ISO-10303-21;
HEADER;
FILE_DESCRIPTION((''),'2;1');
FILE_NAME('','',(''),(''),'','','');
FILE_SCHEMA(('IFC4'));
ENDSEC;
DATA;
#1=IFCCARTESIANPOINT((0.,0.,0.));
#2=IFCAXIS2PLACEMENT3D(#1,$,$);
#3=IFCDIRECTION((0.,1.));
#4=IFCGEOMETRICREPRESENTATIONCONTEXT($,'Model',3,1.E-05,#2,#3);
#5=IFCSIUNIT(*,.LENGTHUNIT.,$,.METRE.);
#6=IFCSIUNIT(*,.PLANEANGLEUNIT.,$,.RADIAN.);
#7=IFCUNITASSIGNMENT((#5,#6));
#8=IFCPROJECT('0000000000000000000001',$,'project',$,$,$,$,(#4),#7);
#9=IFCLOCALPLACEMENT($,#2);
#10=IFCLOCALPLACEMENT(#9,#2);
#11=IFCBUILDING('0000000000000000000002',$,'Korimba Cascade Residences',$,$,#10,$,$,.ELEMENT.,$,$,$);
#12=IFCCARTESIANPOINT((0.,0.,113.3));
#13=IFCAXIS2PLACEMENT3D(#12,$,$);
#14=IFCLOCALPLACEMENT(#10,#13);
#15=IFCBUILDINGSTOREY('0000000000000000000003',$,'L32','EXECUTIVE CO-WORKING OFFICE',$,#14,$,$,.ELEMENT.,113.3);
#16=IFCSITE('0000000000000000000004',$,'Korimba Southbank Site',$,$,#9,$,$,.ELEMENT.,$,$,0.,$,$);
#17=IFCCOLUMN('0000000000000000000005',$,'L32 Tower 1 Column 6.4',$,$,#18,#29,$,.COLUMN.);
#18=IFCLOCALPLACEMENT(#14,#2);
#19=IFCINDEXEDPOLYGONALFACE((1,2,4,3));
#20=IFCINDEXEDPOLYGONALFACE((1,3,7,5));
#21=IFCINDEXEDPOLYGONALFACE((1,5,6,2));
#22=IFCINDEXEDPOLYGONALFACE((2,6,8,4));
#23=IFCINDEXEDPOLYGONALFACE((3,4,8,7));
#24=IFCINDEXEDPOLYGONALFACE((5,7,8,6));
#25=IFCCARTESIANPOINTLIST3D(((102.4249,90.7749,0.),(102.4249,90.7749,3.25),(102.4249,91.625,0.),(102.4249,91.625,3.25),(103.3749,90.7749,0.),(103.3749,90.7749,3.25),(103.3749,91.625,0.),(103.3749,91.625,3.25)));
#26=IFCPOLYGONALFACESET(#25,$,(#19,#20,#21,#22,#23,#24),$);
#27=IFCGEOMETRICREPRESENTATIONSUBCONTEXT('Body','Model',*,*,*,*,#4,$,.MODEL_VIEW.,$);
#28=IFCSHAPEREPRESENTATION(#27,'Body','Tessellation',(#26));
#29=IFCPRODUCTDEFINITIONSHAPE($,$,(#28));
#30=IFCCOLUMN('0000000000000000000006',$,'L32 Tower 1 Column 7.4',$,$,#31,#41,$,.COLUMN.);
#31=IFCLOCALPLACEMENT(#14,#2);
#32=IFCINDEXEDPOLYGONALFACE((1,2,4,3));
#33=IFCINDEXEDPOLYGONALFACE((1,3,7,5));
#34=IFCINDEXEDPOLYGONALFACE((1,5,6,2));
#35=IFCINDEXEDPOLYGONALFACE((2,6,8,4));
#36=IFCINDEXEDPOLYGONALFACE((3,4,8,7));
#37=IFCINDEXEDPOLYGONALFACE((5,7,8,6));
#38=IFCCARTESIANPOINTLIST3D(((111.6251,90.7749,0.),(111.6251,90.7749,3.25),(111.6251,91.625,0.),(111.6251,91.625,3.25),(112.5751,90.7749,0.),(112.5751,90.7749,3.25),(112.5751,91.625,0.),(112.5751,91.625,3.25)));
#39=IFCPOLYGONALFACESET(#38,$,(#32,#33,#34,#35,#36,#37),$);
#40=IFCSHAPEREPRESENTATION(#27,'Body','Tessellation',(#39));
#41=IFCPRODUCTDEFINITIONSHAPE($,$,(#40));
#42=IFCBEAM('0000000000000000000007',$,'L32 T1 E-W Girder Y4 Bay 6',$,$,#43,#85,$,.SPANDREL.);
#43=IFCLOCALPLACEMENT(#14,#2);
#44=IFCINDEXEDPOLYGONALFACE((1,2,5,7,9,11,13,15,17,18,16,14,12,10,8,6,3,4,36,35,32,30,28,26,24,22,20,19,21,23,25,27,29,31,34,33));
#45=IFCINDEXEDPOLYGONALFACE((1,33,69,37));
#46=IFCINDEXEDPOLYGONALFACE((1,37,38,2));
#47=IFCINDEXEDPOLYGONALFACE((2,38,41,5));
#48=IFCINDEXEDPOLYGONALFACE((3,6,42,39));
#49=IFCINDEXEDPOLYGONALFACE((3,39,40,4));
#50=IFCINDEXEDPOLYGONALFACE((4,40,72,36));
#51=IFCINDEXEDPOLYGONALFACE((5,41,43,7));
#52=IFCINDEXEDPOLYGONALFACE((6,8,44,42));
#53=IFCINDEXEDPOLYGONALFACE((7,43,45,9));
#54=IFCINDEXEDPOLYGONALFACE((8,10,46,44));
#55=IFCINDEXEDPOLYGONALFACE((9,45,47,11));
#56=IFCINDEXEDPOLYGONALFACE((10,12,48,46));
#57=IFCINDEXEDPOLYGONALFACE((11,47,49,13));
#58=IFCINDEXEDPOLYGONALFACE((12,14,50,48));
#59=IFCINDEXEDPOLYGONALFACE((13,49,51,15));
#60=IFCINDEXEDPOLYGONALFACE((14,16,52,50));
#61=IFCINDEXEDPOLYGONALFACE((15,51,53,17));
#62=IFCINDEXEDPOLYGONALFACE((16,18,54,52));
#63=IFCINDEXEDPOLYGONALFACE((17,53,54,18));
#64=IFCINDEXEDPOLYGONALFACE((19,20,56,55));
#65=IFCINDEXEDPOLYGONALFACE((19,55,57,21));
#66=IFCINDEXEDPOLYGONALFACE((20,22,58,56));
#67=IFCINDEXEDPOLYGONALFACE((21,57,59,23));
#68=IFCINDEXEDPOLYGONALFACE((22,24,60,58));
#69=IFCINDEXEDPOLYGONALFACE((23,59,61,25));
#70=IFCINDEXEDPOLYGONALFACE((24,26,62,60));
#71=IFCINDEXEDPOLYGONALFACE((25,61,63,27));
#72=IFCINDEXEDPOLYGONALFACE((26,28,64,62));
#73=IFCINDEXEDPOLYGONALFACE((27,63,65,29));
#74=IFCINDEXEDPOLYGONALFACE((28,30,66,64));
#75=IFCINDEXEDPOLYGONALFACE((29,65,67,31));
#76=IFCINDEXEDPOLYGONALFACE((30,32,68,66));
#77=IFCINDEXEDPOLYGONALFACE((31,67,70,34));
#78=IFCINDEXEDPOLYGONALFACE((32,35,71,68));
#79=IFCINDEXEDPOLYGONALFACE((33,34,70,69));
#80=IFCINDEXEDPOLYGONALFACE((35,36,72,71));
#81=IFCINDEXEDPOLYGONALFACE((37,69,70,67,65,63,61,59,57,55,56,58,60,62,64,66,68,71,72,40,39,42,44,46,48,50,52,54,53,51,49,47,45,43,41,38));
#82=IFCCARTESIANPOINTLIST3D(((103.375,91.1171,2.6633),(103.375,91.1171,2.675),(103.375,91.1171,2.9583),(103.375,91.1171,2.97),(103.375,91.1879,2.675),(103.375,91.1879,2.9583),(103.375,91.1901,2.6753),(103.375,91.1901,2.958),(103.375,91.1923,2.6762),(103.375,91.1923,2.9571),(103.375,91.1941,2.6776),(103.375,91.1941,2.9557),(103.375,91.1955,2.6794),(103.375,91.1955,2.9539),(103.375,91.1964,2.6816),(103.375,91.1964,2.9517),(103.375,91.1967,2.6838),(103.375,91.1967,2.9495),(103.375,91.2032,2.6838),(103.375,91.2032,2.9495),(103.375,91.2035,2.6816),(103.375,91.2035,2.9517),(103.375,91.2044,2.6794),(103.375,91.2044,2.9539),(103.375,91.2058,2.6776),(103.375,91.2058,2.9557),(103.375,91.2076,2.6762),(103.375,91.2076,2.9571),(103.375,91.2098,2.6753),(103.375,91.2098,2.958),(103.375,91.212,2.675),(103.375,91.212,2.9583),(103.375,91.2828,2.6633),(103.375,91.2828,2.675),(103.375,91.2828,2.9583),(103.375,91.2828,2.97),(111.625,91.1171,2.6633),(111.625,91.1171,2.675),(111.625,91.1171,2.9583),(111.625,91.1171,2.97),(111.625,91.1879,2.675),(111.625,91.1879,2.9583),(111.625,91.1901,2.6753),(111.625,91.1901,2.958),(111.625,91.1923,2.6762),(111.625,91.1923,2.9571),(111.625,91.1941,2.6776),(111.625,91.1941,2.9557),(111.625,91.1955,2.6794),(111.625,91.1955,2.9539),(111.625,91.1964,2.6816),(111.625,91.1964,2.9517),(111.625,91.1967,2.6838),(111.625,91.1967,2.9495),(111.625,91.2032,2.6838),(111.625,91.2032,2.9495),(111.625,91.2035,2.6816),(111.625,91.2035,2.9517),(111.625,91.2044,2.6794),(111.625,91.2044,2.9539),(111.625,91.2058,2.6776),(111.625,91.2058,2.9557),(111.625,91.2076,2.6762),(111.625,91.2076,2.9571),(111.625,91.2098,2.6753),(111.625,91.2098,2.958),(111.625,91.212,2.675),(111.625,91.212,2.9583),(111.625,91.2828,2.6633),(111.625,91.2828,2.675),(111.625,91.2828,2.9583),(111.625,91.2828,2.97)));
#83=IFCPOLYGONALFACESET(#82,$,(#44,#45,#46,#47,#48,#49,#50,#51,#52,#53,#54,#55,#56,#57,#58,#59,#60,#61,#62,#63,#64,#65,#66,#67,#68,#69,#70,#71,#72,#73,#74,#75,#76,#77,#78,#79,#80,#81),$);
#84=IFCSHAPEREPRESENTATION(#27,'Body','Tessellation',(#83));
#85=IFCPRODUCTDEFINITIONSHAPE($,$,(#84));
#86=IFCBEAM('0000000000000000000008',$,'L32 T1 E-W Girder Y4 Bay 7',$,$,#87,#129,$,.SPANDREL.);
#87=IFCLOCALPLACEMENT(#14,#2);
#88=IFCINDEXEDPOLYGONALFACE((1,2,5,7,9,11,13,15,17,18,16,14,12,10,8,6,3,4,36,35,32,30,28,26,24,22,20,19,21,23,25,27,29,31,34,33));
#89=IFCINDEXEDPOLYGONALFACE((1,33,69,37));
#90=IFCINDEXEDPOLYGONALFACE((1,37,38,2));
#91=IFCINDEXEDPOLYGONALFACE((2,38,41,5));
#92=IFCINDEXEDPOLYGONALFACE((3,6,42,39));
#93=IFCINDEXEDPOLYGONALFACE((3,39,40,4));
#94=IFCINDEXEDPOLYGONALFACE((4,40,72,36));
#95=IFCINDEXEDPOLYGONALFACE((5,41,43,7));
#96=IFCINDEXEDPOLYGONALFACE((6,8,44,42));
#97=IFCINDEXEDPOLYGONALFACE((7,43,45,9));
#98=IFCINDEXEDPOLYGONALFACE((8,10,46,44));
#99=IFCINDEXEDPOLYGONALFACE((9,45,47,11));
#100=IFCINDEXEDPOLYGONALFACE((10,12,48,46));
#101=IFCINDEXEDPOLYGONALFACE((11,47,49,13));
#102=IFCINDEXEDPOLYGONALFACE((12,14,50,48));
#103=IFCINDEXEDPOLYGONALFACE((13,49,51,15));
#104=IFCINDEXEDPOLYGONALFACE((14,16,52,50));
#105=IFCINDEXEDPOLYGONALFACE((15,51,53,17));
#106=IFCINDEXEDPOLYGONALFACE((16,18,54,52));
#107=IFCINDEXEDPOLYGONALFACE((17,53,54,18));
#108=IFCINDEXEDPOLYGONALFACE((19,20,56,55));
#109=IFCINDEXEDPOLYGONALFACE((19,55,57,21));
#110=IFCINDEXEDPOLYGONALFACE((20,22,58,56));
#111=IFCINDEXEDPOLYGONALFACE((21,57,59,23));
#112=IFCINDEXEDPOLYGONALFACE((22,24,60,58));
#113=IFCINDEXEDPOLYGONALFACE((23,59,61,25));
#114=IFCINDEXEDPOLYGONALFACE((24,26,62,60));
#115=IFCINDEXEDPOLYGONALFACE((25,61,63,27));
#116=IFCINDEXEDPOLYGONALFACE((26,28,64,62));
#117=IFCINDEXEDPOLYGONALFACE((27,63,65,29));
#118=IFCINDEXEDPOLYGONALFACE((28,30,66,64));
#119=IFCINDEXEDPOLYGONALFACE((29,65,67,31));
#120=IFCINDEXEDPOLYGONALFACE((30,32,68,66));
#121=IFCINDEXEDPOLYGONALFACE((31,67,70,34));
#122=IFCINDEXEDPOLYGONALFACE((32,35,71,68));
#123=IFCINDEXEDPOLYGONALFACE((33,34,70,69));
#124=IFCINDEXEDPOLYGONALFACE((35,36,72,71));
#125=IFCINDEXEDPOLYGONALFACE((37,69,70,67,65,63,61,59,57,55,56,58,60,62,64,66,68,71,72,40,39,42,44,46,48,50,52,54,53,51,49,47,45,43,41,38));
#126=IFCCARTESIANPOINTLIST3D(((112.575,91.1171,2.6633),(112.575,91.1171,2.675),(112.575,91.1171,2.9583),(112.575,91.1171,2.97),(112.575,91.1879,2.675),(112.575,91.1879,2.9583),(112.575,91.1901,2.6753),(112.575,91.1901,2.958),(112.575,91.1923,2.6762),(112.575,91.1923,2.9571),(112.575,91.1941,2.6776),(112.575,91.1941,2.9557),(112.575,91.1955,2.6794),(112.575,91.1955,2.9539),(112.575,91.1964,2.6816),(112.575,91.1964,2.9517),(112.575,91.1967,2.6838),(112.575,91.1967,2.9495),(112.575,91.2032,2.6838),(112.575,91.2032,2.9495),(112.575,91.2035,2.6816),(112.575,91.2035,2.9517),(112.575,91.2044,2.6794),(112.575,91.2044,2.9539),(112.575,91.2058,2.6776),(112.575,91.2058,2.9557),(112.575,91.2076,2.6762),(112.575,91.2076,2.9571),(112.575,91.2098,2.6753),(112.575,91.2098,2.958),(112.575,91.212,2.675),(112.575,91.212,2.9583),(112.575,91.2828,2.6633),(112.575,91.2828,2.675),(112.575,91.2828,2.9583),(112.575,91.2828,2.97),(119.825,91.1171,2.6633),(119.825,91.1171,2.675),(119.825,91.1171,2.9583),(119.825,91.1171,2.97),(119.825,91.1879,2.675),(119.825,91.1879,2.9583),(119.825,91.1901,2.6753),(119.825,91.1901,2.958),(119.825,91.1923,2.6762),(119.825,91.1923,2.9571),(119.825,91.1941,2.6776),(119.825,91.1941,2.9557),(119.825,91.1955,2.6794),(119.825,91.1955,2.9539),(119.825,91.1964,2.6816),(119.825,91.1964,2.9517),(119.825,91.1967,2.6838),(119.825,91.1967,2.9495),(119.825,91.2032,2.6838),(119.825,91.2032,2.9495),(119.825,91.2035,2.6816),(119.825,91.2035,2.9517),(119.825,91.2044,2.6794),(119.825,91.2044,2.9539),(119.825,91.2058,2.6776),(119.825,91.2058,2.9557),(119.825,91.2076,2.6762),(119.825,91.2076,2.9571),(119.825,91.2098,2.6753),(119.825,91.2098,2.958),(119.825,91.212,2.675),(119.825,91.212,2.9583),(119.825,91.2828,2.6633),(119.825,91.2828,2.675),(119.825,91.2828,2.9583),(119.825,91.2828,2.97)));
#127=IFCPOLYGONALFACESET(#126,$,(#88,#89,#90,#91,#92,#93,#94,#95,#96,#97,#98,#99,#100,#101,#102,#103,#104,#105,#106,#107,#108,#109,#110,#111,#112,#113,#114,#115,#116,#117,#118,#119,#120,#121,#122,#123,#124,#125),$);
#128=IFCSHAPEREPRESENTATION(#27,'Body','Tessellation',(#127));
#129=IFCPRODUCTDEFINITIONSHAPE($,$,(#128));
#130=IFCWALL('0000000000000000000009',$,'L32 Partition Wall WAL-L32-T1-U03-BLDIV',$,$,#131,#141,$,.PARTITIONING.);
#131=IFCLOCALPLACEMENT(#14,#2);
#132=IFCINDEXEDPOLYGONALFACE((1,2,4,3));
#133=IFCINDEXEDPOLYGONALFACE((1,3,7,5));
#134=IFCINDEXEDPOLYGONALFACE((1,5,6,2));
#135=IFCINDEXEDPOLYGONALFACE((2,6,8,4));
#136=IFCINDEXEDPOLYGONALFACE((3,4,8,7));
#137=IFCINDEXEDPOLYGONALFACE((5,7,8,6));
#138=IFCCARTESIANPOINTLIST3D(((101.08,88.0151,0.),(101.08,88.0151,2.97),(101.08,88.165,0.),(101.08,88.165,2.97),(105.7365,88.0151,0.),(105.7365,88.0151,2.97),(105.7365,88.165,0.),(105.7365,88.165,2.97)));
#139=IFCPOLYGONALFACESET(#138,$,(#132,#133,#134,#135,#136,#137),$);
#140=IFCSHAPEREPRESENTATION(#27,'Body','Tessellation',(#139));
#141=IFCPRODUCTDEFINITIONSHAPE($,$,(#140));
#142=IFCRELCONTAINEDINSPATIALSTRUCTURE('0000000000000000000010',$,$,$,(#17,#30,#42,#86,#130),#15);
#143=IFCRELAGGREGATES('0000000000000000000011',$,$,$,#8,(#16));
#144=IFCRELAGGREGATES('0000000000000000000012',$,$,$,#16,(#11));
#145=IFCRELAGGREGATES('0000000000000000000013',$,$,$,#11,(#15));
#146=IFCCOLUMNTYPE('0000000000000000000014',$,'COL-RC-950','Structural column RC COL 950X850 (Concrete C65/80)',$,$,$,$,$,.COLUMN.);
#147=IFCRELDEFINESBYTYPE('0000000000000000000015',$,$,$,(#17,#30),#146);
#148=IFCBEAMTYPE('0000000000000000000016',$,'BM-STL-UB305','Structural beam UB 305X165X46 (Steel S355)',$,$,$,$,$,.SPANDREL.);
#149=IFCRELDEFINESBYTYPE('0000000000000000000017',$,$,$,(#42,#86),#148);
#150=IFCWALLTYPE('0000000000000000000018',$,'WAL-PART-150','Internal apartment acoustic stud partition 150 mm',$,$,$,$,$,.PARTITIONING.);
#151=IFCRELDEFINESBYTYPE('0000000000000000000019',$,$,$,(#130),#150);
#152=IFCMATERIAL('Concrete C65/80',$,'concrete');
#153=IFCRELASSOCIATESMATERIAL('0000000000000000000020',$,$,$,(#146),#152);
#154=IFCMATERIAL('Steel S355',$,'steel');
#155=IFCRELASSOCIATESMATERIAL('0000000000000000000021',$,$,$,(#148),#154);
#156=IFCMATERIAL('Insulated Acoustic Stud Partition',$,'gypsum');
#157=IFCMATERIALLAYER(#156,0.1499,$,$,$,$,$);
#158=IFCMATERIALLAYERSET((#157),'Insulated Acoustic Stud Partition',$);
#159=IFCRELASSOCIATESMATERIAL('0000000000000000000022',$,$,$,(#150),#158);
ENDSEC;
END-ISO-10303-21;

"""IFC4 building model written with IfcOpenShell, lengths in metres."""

from ifc_helpers import new_model, si_unit, direction, frame, frame_2d, origin, origin_2d, place, context, subcontext, project, spatial, rectangle, i_section, extrude, material, layer, layer_set, material_profile, profile_set, type_object, element, save


model = new_model("IFC4")

# Units and contexts
model_context = context("Model", 3, precision=1e-05, world=origin(), true_north=direction((0.0, 1.0)))
body_context = subcontext(model_context, "Body", "Model", "MODEL_VIEW")
ifc_project = project(units=[si_unit("LENGTHUNIT", "METRE"), si_unit("PLANEANGLEUNIT", "RADIAN")], contexts=[model_context])

# Site, building, storey
site_placement = place(None, origin())
site = spatial("IfcSite", under=ifc_project, at=site_placement, Name="Korimba Southbank Site", CompositionType="ELEMENT", RefElevation=0.0)
building_placement = place(site_placement, origin())
building = spatial("IfcBuilding", under=site, at=building_placement, Name="Korimba Cascade Residences", CompositionType="ELEMENT")
storey_placement = place(building_placement, frame((0.0, 0.0, 113.3)))
storey = spatial("IfcBuildingStorey", under=building, at=storey_placement, Name="L32", Description="EXECUTIVE CO-WORKING OFFICE", CompositionType="ELEMENT", Elevation=113.3)

# Columns
ifc_material_1 = material(Name="Concrete C65/80", Category="concrete")
ifc_material_profile_1 = material_profile(ifc_material_1, rectangle(XDim=0.95, YDim=0.8501, at=origin_2d()), Name="Concrete C65/80")
ifc_profile_set_1 = profile_set([ifc_material_profile_1], Name="Concrete C65/80")
column_type = type_object("IfcColumnType", Name="COL-RC-950", Description="Structural column RC COL 950X850 (Concrete C65/80)", PredefinedType="COLUMN", material=ifc_profile_set_1)
for number, where, z_axis, x_axis, name in (
    (1, (102.8999, 91.2, 0.0), (0.0, 0.0, 1.0), (1.0, 0.0, 0.0), "L32 Tower 1 Column 6.4"),
    (2, (112.1001, 91.2, 0.0), (0.0, 0.0, 1.0), (1.0, 0.0, 0.0), "L32 Tower 1 Column 7.4"),
):
    element("IfcColumn", number, at=place(storey_placement, frame(where, z_axis=z_axis, x_axis=x_axis)), inside=storey, type_object=column_type, Name=name, PredefinedType="COLUMN", context=body_context, shape_type="SweptSolid", body=[
        extrude(rectangle(XDim=0.95, YDim=0.8501, at=origin_2d()), origin(), (0.0, 0.0, 1.0), 3.25),
    ])

# Beams
ifc_material_2 = material(Name="Steel S355", Category="steel")
ifc_material_profile_2 = material_profile(ifc_material_2, i_section(OverallWidth=0.1658, OverallDepth=0.3066, WebThickness=0.0066, FlangeThickness=0.0117, FilletRadius=0.0088, at=origin_2d()), Name="Steel S355")
ifc_profile_set_2 = profile_set([ifc_material_profile_2], Name="Steel S355")
beam_type = type_object("IfcBeamType", Name="BM-STL-UB305", Description="Structural beam UB 305X165X46 (Steel S355)", PredefinedType="SPANDREL", material=ifc_profile_set_2)
beam_1_placement = place(storey_placement, frame((103.375, 91.2, 2.8167), z_axis=(1.0, 0.0, 0.0), x_axis=(0.0, 1.0, 0.0)))
element("IfcBeam", 3, at=beam_1_placement, inside=storey, type_object=beam_type, Name="L32 T1 E-W Girder Y4 Bay 6", PredefinedType="SPANDREL", context=body_context, shape_type="SweptSolid", body=[
    extrude(i_section(OverallWidth=0.1658, OverallDepth=0.3066, WebThickness=0.0066, FlangeThickness=0.0117, FilletRadius=0.0088, at=origin_2d()), origin(), (0.0, 0.0, 1.0), 8.25),
])
beam_2_placement = place(storey_placement, frame((112.575, 91.2, 2.8167), z_axis=(1.0, 0.0, 0.0), x_axis=(0.0, 1.0, 0.0)))
element("IfcBeam", 4, at=beam_2_placement, inside=storey, type_object=beam_type, Name="L32 T1 E-W Girder Y4 Bay 7", PredefinedType="SPANDREL", context=body_context, shape_type="SweptSolid", body=[
    extrude(i_section(OverallWidth=0.1658, OverallDepth=0.3066, WebThickness=0.0066, FlangeThickness=0.0117, FilletRadius=0.0088, at=origin_2d()), origin(), (0.0, 0.0, 1.0), 7.25),
])

# Wall
ifc_material_3 = material(Name="Insulated Acoustic Stud Partition", Category="gypsum")
ifc_layer = layer(ifc_material_3, 0.1499)
ifc_layer_set = layer_set([ifc_layer], Name="Insulated Acoustic Stud Partition")
wall_type = type_object("IfcWallType", Name="WAL-PART-150", Description="Internal apartment acoustic stud partition 150 mm", PredefinedType="PARTITIONING", material=ifc_layer_set)
wall_1_placement = place(storey_placement, frame((101.0801, 88.0901, 0.0), z_axis=(0.0, 0.0, 1.0), x_axis=(1.0, 0.0, 0.0)))
element("IfcWall", 5, at=wall_1_placement, inside=storey, type_object=wall_type, Name="L32 Partition Wall WAL-L32-T1-U03-BLDIV", PredefinedType="PARTITIONING", context=body_context, shape_type="SweptSolid", body=[
    extrude(rectangle(XDim=4.6565, YDim=0.1499, at=frame_2d((2.3281, 0.0))), origin(), (0.0, 0.0, 1.0), 2.97),
])

save(model, "model.ifc")
